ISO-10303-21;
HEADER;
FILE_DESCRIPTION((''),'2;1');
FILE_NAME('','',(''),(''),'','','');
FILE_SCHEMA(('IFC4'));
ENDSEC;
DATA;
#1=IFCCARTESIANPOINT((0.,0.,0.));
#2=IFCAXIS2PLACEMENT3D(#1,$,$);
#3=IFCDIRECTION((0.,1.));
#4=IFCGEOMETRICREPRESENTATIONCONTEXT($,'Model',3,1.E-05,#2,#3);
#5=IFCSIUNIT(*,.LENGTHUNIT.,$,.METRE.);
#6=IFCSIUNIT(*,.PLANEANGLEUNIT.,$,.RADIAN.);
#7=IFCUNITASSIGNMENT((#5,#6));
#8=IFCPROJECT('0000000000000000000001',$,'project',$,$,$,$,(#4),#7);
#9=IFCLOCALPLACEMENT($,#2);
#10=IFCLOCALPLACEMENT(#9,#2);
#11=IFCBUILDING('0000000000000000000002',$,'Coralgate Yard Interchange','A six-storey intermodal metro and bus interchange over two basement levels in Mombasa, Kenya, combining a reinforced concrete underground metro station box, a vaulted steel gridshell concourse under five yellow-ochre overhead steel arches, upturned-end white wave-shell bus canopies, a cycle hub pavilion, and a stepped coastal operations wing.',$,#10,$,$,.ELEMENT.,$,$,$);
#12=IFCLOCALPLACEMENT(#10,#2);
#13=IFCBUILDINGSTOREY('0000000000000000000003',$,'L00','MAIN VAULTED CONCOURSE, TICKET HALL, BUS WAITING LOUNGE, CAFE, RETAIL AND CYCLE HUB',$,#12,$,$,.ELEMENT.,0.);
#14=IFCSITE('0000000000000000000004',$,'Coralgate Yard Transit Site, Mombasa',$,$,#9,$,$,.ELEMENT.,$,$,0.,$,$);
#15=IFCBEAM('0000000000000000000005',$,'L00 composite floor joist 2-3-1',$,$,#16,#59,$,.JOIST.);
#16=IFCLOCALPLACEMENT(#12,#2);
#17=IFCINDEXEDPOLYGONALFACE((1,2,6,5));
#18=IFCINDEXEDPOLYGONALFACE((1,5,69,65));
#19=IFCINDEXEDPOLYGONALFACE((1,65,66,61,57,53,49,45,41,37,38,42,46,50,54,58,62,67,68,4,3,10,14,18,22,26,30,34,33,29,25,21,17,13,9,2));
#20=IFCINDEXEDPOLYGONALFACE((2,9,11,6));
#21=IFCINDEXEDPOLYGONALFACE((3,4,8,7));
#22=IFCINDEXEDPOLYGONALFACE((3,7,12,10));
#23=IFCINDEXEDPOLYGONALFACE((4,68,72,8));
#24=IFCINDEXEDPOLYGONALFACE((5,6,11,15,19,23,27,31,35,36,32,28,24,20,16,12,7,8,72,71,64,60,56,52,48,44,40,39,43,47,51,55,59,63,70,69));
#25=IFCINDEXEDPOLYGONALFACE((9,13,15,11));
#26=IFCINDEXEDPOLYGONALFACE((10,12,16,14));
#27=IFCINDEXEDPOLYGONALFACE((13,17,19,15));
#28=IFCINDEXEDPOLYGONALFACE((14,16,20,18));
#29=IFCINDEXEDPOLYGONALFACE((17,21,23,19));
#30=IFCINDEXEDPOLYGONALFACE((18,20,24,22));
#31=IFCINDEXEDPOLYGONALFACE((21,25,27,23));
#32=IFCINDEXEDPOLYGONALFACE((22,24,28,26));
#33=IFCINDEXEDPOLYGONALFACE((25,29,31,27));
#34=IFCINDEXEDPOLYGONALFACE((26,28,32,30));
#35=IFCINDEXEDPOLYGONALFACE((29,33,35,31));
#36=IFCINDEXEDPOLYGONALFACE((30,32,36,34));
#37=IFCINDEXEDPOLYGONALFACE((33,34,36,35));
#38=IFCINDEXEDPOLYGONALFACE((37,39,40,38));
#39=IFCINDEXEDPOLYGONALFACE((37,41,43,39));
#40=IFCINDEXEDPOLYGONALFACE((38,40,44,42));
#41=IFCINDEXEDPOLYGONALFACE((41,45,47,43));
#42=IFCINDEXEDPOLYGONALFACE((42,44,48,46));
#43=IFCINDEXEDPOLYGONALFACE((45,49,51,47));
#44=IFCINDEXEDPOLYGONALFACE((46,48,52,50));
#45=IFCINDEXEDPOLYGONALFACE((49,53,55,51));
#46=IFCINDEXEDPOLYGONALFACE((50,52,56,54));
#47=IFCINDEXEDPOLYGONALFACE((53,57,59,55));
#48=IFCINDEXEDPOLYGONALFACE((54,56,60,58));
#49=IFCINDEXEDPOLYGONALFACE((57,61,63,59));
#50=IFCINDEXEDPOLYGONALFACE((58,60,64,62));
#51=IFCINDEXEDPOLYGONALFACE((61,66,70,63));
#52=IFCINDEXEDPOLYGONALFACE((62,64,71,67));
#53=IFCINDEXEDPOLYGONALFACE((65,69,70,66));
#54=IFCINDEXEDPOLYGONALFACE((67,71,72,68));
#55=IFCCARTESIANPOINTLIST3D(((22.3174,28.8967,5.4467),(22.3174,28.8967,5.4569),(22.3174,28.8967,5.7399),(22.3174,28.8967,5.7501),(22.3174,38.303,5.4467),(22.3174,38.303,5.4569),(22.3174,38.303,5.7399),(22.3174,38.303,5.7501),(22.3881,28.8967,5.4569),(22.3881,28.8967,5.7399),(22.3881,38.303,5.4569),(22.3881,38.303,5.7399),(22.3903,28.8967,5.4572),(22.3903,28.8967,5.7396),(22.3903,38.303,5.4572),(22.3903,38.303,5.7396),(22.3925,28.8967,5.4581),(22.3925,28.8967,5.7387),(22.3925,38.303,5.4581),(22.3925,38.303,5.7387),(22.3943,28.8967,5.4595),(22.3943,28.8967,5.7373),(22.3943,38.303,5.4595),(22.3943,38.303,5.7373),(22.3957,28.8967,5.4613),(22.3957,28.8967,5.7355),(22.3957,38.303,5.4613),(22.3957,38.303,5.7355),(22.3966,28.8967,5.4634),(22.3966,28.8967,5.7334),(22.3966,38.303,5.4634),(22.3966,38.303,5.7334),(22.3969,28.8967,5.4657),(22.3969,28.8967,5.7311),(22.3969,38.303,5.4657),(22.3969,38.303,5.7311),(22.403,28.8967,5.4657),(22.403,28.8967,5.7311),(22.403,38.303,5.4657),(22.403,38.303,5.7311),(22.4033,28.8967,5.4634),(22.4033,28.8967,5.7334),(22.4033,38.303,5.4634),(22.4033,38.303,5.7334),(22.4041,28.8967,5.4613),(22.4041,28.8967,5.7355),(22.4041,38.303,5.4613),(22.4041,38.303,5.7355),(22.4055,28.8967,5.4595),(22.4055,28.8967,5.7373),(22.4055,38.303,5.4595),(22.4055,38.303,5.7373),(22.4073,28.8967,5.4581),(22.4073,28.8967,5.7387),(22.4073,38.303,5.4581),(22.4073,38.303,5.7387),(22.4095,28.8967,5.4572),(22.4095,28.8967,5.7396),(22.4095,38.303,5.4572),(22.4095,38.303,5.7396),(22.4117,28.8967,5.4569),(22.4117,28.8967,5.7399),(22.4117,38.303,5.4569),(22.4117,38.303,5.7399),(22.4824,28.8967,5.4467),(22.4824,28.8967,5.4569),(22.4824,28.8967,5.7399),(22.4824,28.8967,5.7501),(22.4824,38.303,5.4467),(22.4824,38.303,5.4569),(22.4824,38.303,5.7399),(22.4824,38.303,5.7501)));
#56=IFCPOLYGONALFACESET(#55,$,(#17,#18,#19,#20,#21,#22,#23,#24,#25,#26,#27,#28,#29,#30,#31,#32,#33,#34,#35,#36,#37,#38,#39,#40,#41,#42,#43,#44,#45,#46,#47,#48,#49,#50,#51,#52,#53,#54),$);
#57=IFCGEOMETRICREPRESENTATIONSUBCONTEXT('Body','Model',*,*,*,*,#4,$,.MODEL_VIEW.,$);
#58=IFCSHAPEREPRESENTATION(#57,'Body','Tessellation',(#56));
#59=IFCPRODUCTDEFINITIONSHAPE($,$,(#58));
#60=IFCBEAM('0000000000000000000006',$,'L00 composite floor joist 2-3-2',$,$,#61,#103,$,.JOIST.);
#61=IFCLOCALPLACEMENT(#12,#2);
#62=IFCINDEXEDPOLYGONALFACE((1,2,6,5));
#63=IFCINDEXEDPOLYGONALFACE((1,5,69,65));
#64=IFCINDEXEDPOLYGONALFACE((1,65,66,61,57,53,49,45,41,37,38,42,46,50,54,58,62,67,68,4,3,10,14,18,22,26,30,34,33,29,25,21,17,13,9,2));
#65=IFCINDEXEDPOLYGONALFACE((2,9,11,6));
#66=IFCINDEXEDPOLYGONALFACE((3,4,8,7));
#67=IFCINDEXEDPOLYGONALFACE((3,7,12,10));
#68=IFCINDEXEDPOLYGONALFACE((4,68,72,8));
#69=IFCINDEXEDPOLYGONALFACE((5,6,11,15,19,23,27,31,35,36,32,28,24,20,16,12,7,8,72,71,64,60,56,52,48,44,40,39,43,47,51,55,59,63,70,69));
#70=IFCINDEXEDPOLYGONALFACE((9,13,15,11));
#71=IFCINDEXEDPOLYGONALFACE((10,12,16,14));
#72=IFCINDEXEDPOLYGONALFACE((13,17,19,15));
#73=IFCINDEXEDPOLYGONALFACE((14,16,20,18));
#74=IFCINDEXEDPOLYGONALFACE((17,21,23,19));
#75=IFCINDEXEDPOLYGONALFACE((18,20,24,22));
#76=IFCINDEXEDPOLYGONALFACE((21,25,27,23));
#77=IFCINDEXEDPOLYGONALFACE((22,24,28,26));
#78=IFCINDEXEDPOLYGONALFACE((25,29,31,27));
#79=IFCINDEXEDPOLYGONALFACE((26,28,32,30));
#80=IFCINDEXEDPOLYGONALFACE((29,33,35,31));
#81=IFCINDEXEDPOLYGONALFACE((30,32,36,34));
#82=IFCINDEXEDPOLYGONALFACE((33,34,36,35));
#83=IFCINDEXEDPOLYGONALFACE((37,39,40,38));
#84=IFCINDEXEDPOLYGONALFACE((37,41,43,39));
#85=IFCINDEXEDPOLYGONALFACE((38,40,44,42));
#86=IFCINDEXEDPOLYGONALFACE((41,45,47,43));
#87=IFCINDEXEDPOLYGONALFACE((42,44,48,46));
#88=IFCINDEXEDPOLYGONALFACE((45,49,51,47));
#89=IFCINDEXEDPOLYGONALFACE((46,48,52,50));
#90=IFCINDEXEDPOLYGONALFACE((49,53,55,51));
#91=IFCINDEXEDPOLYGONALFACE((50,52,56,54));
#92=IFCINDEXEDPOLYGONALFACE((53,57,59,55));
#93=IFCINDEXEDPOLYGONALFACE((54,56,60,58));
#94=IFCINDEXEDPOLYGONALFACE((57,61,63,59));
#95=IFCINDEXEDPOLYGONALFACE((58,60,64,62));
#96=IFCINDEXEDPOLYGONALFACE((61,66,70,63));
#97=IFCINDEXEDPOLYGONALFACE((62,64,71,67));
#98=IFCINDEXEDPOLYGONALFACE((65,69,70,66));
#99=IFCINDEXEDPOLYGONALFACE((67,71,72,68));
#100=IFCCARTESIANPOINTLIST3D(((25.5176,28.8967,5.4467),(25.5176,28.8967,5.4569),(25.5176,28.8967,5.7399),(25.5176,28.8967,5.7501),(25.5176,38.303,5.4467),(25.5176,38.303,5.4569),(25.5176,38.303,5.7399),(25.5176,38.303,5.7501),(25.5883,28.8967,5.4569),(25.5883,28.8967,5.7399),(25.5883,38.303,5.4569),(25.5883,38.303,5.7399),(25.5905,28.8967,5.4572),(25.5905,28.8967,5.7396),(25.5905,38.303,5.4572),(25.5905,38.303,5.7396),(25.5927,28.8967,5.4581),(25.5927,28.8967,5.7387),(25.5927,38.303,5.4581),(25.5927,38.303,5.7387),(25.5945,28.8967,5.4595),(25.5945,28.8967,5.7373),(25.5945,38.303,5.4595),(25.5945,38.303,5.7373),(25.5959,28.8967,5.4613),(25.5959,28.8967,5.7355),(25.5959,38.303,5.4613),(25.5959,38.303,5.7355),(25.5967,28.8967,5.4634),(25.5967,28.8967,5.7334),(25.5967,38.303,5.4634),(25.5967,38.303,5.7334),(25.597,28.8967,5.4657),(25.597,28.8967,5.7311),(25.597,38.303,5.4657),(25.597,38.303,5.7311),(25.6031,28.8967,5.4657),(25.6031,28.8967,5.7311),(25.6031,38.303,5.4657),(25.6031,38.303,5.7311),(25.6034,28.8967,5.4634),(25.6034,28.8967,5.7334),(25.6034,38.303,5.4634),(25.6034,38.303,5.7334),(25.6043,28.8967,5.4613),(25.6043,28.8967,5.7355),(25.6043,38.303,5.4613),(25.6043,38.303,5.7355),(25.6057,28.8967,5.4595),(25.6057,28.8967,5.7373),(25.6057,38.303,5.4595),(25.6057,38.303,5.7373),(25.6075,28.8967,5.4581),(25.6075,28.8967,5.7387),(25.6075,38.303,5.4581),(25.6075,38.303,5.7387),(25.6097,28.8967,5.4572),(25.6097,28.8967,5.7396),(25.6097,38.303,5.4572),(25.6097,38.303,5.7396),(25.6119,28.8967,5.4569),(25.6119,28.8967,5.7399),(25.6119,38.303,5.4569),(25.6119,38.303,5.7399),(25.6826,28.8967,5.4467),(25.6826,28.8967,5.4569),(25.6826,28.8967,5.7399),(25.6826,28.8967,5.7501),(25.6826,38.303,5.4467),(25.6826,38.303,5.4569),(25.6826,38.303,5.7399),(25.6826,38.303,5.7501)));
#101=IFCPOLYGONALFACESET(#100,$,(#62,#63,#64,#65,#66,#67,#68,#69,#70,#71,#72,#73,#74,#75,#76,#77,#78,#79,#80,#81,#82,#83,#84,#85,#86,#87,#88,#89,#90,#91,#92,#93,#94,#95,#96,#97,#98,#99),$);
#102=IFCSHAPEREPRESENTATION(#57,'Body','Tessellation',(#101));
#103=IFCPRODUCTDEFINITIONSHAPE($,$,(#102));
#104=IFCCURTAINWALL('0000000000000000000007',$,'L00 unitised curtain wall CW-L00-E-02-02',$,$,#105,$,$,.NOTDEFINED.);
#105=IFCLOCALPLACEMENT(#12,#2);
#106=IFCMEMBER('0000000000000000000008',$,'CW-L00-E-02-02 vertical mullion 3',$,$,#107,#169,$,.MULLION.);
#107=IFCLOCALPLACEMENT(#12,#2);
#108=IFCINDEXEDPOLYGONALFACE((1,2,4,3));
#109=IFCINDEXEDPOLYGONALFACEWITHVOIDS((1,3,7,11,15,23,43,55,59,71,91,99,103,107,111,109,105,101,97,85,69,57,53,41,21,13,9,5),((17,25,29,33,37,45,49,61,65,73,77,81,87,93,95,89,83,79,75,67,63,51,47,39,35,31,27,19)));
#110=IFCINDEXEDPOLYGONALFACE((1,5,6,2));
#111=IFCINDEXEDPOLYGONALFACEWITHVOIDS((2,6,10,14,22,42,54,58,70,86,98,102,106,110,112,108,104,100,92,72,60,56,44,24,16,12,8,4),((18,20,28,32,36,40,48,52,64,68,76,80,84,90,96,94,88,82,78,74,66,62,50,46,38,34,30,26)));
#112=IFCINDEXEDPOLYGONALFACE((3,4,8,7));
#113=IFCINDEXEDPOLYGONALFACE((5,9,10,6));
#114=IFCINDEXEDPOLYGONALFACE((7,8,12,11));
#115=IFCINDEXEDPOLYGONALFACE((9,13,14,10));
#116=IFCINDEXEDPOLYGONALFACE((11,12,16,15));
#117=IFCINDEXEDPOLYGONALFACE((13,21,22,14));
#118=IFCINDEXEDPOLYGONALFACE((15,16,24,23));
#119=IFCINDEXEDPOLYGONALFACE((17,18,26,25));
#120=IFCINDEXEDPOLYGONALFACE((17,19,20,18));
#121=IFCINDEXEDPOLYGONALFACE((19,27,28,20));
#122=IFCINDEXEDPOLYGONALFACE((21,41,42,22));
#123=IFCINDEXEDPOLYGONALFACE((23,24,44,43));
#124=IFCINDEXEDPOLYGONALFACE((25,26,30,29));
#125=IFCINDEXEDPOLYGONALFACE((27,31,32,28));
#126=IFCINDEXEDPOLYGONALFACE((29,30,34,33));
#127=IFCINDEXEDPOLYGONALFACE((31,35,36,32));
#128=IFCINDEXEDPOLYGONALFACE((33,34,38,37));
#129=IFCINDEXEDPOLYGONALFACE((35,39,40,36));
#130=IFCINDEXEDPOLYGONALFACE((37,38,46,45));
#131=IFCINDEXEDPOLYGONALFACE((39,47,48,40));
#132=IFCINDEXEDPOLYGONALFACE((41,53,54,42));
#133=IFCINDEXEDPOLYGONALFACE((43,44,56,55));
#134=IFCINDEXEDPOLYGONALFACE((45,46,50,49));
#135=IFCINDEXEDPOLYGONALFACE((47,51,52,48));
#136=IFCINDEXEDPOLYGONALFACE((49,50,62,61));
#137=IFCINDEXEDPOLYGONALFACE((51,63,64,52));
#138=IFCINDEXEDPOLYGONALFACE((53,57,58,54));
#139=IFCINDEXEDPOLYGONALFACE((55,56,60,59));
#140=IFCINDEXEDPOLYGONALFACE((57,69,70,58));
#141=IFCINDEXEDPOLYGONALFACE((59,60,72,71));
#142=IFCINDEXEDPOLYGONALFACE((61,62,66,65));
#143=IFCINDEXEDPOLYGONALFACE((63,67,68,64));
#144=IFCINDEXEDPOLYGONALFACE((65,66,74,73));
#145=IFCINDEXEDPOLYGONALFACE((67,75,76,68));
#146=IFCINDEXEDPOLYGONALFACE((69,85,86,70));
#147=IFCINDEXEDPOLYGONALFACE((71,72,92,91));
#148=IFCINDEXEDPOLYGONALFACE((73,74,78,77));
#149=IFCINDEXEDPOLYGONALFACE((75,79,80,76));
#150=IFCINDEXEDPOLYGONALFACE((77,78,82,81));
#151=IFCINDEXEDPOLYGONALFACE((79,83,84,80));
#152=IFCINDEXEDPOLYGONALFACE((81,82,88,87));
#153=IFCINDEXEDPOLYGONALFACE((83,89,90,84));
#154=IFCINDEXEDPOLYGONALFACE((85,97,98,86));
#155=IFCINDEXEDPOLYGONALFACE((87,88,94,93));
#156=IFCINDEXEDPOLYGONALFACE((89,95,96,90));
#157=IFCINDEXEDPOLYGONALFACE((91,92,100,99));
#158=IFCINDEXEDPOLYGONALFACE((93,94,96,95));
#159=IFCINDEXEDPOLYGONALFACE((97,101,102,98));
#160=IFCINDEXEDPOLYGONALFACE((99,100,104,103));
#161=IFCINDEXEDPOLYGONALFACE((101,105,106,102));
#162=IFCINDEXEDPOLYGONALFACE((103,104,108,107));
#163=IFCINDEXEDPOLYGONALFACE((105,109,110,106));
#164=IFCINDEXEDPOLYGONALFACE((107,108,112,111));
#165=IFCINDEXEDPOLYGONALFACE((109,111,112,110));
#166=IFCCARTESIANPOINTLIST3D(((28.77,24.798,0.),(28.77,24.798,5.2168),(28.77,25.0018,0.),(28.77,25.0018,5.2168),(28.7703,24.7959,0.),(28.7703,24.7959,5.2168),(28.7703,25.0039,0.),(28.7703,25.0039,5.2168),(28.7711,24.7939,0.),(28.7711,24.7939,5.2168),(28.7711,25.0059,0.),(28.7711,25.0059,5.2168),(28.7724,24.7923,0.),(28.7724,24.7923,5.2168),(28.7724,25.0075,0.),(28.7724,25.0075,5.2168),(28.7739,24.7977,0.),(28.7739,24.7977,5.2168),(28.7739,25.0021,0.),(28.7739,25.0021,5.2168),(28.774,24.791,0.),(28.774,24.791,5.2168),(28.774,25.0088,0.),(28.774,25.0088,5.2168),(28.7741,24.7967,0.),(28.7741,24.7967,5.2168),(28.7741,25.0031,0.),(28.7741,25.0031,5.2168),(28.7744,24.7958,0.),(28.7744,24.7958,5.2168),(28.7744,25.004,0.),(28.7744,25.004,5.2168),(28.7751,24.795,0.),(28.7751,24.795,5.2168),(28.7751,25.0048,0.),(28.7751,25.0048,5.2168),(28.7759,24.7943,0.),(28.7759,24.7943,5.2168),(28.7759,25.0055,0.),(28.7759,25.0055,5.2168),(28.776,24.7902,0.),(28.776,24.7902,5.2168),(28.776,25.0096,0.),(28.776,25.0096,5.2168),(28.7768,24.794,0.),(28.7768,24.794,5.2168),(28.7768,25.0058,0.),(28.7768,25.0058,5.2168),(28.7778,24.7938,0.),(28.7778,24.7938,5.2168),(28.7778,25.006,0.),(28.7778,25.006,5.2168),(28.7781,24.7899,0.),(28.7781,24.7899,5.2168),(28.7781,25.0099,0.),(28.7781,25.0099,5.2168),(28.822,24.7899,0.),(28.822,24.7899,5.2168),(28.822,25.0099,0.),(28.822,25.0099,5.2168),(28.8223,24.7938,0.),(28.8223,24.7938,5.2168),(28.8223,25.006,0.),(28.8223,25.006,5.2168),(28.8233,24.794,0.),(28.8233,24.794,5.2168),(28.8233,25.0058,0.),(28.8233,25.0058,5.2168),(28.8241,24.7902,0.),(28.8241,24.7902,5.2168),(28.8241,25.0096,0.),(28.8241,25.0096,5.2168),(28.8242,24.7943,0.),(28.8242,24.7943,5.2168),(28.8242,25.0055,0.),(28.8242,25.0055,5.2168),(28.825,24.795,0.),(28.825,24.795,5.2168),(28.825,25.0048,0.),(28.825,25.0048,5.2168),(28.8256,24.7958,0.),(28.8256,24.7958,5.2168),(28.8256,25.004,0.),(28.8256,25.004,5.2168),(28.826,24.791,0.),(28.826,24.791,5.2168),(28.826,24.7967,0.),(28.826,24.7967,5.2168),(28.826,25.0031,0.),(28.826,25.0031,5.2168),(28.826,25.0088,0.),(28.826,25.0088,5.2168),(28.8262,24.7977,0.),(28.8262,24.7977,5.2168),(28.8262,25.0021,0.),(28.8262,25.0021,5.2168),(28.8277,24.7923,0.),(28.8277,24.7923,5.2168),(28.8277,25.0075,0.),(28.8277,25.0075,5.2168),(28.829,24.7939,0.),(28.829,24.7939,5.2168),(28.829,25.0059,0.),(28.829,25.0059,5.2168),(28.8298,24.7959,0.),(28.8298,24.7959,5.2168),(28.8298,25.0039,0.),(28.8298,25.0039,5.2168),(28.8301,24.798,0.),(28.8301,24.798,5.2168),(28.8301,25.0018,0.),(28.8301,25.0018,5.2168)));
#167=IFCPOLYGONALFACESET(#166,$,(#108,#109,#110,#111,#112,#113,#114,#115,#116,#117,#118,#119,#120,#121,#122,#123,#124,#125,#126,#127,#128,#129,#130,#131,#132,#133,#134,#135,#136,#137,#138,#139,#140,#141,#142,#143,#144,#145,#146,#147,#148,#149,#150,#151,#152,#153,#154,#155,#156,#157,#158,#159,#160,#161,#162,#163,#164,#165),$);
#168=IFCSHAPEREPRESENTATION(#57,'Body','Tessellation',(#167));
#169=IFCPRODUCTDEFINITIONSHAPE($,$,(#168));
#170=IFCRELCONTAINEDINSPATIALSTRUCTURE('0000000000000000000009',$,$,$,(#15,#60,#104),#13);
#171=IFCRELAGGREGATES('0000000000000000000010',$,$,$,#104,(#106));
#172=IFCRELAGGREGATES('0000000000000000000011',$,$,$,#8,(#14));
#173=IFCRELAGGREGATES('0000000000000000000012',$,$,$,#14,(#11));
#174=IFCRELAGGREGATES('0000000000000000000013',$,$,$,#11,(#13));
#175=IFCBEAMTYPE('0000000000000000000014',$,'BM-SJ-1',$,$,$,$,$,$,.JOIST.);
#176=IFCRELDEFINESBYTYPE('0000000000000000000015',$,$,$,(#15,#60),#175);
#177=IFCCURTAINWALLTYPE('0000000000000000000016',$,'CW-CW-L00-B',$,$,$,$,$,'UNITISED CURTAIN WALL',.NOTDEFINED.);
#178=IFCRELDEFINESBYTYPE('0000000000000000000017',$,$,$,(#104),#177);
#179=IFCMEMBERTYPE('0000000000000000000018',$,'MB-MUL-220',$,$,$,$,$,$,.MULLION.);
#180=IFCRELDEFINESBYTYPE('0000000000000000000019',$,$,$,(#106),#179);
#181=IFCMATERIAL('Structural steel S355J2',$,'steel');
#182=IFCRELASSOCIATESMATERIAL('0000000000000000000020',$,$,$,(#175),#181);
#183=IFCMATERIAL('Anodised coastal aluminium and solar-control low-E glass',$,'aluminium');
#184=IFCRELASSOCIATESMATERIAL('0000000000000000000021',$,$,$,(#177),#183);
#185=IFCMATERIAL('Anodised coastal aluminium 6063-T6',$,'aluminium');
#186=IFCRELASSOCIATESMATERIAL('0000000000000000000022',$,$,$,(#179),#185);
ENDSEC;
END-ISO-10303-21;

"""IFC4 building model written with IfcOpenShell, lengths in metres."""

from ifc_helpers import new_model, si_unit, direction, frame, origin, origin_2d, place, context, subcontext, project, spatial, hollow_rectangle, i_section, extrude, material, material_profile, profile_set, type_object, element, aggregate, save


model = new_model("IFC4")

# Units and contexts
model_context = context("Model", 3, precision=1e-05, world=origin(), true_north=direction((0.0, 1.0)))
body_context = subcontext(model_context, "Body", "Model", "MODEL_VIEW")
ifc_project = project(units=[si_unit("LENGTHUNIT", "METRE"), si_unit("PLANEANGLEUNIT", "RADIAN")], contexts=[model_context])

# Site, building, storey
site_placement = place(None, origin())
site = spatial("IfcSite", under=ifc_project, at=site_placement, Name="Coralgate Yard Transit Site, Mombasa", CompositionType="ELEMENT", RefElevation=0.0)
building_placement = place(site_placement, origin())
building = spatial("IfcBuilding", under=site, at=building_placement, Name="Coralgate Yard Interchange", Description="A six-storey intermodal metro and bus interchange over two basement levels in Mombasa, Kenya, combining a reinforced concrete underground metro station box, a vaulted steel gridshell concourse under five yellow-ochre overhead steel arches, upturned-end white wave-shell bus canopies, a cycle hub pavilion, and a stepped coastal operations wing.", CompositionType="ELEMENT")
storey_placement = place(building_placement, origin())
storey = spatial("IfcBuildingStorey", under=building, at=storey_placement, Name="L00", Description="MAIN VAULTED CONCOURSE, TICKET HALL, BUS WAITING LOUNGE, CAFE, RETAIL AND CYCLE HUB", CompositionType="ELEMENT", Elevation=0.0)

# Shared definitions
ifc_material_1 = material(Name="Structural steel S355J2", Category="steel")

# Beams
ifc_material_profile_1 = material_profile(ifc_material_1, i_section(OverallWidth=0.165, OverallDepth=0.3035, WebThickness=0.0061, FlangeThickness=0.0103, FilletRadius=0.0088, at=origin_2d()), Name="UB 305x165x40")
ifc_profile_set_1 = profile_set([ifc_material_profile_1], Name="Structural steel S355J2")
beam_type_1 = type_object("IfcBeamType", Name="BM-SJ-1", PredefinedType="JOIST", material=ifc_profile_set_1)
for number, where, z_axis, x_axis, name in (
    (1, (22.3999, 28.8967, 5.5984), (0.0, 1.0, 0.0), (-1.0, 0.0, 0.0), "L00 composite floor joist 2-3-1"),
    (2, (25.6001, 28.8967, 5.5984), (0.0, 1.0, 0.0), (-1.0, 0.0, 0.0), "L00 composite floor joist 2-3-2"),
):
    element("IfcBeam", number, at=place(storey_placement, frame(where, z_axis=z_axis, x_axis=x_axis)), inside=storey, type_object=beam_type_1, Name=name, PredefinedType="JOIST", context=body_context, shape_type="SweptSolid", body=[
        extrude(i_section(OverallWidth=0.165, OverallDepth=0.3035, WebThickness=0.0061, FlangeThickness=0.0103, FilletRadius=0.0088, at=origin_2d()), origin(), (0.0, 0.0, 1.0), 9.4062),
    ])

# Curtain wall, member
ifc_material_2 = material(Name="Anodised coastal aluminium and solar-control low-E glass", Category="aluminium")
curtain_wall_type = type_object("IfcCurtainWallType", Name="CW-CW-L00-B", ElementType="UNITISED CURTAIN WALL", PredefinedType="NOTDEFINED", material=ifc_material_2)
curtain_wall_placement = place(storey_placement, origin())
curtain_wall = element("IfcCurtainWall", 3, at=curtain_wall_placement, inside=storey, type_object=curtain_wall_type, Name="L00 unitised curtain wall CW-L00-E-02-02", PredefinedType="NOTDEFINED")
ifc_material_3 = material(Name="Anodised coastal aluminium 6063-T6", Category="aluminium")
ifc_material_profile_2 = material_profile(ifc_material_3, hollow_rectangle(XDim=0.0601, YDim=0.22, WallThickness=0.0039, InnerFilletRadius=0.0039, OuterFilletRadius=0.0081, at=origin_2d()), Name="ALU 60x220x4")
ifc_profile_set_2 = profile_set([ifc_material_profile_2], Name="Anodised coastal aluminium 6063-T6")
member_type_1 = type_object("IfcMemberType", Name="MB-MUL-220", PredefinedType="MULLION", material=ifc_profile_set_2)
member_1_placement = place(storey_placement, frame((28.8, 24.8999, 0.0), z_axis=(0.0, 0.0, 1.0), x_axis=(1.0, 0.0, 0.0)))
member_1 = element("IfcMember", 4, at=member_1_placement, type_object=member_type_1, Name="CW-L00-E-02-02 vertical mullion 3", PredefinedType="MULLION", context=body_context, shape_type="SweptSolid", body=[
    extrude(hollow_rectangle(XDim=0.0601, YDim=0.22, WallThickness=0.0039, InnerFilletRadius=0.0039, OuterFilletRadius=0.0081, at=origin_2d()), origin(), (0.0, 0.0, 1.0), 5.2168),
])
aggregate(curtain_wall, [member_1])

save(model, "model.ifc")
